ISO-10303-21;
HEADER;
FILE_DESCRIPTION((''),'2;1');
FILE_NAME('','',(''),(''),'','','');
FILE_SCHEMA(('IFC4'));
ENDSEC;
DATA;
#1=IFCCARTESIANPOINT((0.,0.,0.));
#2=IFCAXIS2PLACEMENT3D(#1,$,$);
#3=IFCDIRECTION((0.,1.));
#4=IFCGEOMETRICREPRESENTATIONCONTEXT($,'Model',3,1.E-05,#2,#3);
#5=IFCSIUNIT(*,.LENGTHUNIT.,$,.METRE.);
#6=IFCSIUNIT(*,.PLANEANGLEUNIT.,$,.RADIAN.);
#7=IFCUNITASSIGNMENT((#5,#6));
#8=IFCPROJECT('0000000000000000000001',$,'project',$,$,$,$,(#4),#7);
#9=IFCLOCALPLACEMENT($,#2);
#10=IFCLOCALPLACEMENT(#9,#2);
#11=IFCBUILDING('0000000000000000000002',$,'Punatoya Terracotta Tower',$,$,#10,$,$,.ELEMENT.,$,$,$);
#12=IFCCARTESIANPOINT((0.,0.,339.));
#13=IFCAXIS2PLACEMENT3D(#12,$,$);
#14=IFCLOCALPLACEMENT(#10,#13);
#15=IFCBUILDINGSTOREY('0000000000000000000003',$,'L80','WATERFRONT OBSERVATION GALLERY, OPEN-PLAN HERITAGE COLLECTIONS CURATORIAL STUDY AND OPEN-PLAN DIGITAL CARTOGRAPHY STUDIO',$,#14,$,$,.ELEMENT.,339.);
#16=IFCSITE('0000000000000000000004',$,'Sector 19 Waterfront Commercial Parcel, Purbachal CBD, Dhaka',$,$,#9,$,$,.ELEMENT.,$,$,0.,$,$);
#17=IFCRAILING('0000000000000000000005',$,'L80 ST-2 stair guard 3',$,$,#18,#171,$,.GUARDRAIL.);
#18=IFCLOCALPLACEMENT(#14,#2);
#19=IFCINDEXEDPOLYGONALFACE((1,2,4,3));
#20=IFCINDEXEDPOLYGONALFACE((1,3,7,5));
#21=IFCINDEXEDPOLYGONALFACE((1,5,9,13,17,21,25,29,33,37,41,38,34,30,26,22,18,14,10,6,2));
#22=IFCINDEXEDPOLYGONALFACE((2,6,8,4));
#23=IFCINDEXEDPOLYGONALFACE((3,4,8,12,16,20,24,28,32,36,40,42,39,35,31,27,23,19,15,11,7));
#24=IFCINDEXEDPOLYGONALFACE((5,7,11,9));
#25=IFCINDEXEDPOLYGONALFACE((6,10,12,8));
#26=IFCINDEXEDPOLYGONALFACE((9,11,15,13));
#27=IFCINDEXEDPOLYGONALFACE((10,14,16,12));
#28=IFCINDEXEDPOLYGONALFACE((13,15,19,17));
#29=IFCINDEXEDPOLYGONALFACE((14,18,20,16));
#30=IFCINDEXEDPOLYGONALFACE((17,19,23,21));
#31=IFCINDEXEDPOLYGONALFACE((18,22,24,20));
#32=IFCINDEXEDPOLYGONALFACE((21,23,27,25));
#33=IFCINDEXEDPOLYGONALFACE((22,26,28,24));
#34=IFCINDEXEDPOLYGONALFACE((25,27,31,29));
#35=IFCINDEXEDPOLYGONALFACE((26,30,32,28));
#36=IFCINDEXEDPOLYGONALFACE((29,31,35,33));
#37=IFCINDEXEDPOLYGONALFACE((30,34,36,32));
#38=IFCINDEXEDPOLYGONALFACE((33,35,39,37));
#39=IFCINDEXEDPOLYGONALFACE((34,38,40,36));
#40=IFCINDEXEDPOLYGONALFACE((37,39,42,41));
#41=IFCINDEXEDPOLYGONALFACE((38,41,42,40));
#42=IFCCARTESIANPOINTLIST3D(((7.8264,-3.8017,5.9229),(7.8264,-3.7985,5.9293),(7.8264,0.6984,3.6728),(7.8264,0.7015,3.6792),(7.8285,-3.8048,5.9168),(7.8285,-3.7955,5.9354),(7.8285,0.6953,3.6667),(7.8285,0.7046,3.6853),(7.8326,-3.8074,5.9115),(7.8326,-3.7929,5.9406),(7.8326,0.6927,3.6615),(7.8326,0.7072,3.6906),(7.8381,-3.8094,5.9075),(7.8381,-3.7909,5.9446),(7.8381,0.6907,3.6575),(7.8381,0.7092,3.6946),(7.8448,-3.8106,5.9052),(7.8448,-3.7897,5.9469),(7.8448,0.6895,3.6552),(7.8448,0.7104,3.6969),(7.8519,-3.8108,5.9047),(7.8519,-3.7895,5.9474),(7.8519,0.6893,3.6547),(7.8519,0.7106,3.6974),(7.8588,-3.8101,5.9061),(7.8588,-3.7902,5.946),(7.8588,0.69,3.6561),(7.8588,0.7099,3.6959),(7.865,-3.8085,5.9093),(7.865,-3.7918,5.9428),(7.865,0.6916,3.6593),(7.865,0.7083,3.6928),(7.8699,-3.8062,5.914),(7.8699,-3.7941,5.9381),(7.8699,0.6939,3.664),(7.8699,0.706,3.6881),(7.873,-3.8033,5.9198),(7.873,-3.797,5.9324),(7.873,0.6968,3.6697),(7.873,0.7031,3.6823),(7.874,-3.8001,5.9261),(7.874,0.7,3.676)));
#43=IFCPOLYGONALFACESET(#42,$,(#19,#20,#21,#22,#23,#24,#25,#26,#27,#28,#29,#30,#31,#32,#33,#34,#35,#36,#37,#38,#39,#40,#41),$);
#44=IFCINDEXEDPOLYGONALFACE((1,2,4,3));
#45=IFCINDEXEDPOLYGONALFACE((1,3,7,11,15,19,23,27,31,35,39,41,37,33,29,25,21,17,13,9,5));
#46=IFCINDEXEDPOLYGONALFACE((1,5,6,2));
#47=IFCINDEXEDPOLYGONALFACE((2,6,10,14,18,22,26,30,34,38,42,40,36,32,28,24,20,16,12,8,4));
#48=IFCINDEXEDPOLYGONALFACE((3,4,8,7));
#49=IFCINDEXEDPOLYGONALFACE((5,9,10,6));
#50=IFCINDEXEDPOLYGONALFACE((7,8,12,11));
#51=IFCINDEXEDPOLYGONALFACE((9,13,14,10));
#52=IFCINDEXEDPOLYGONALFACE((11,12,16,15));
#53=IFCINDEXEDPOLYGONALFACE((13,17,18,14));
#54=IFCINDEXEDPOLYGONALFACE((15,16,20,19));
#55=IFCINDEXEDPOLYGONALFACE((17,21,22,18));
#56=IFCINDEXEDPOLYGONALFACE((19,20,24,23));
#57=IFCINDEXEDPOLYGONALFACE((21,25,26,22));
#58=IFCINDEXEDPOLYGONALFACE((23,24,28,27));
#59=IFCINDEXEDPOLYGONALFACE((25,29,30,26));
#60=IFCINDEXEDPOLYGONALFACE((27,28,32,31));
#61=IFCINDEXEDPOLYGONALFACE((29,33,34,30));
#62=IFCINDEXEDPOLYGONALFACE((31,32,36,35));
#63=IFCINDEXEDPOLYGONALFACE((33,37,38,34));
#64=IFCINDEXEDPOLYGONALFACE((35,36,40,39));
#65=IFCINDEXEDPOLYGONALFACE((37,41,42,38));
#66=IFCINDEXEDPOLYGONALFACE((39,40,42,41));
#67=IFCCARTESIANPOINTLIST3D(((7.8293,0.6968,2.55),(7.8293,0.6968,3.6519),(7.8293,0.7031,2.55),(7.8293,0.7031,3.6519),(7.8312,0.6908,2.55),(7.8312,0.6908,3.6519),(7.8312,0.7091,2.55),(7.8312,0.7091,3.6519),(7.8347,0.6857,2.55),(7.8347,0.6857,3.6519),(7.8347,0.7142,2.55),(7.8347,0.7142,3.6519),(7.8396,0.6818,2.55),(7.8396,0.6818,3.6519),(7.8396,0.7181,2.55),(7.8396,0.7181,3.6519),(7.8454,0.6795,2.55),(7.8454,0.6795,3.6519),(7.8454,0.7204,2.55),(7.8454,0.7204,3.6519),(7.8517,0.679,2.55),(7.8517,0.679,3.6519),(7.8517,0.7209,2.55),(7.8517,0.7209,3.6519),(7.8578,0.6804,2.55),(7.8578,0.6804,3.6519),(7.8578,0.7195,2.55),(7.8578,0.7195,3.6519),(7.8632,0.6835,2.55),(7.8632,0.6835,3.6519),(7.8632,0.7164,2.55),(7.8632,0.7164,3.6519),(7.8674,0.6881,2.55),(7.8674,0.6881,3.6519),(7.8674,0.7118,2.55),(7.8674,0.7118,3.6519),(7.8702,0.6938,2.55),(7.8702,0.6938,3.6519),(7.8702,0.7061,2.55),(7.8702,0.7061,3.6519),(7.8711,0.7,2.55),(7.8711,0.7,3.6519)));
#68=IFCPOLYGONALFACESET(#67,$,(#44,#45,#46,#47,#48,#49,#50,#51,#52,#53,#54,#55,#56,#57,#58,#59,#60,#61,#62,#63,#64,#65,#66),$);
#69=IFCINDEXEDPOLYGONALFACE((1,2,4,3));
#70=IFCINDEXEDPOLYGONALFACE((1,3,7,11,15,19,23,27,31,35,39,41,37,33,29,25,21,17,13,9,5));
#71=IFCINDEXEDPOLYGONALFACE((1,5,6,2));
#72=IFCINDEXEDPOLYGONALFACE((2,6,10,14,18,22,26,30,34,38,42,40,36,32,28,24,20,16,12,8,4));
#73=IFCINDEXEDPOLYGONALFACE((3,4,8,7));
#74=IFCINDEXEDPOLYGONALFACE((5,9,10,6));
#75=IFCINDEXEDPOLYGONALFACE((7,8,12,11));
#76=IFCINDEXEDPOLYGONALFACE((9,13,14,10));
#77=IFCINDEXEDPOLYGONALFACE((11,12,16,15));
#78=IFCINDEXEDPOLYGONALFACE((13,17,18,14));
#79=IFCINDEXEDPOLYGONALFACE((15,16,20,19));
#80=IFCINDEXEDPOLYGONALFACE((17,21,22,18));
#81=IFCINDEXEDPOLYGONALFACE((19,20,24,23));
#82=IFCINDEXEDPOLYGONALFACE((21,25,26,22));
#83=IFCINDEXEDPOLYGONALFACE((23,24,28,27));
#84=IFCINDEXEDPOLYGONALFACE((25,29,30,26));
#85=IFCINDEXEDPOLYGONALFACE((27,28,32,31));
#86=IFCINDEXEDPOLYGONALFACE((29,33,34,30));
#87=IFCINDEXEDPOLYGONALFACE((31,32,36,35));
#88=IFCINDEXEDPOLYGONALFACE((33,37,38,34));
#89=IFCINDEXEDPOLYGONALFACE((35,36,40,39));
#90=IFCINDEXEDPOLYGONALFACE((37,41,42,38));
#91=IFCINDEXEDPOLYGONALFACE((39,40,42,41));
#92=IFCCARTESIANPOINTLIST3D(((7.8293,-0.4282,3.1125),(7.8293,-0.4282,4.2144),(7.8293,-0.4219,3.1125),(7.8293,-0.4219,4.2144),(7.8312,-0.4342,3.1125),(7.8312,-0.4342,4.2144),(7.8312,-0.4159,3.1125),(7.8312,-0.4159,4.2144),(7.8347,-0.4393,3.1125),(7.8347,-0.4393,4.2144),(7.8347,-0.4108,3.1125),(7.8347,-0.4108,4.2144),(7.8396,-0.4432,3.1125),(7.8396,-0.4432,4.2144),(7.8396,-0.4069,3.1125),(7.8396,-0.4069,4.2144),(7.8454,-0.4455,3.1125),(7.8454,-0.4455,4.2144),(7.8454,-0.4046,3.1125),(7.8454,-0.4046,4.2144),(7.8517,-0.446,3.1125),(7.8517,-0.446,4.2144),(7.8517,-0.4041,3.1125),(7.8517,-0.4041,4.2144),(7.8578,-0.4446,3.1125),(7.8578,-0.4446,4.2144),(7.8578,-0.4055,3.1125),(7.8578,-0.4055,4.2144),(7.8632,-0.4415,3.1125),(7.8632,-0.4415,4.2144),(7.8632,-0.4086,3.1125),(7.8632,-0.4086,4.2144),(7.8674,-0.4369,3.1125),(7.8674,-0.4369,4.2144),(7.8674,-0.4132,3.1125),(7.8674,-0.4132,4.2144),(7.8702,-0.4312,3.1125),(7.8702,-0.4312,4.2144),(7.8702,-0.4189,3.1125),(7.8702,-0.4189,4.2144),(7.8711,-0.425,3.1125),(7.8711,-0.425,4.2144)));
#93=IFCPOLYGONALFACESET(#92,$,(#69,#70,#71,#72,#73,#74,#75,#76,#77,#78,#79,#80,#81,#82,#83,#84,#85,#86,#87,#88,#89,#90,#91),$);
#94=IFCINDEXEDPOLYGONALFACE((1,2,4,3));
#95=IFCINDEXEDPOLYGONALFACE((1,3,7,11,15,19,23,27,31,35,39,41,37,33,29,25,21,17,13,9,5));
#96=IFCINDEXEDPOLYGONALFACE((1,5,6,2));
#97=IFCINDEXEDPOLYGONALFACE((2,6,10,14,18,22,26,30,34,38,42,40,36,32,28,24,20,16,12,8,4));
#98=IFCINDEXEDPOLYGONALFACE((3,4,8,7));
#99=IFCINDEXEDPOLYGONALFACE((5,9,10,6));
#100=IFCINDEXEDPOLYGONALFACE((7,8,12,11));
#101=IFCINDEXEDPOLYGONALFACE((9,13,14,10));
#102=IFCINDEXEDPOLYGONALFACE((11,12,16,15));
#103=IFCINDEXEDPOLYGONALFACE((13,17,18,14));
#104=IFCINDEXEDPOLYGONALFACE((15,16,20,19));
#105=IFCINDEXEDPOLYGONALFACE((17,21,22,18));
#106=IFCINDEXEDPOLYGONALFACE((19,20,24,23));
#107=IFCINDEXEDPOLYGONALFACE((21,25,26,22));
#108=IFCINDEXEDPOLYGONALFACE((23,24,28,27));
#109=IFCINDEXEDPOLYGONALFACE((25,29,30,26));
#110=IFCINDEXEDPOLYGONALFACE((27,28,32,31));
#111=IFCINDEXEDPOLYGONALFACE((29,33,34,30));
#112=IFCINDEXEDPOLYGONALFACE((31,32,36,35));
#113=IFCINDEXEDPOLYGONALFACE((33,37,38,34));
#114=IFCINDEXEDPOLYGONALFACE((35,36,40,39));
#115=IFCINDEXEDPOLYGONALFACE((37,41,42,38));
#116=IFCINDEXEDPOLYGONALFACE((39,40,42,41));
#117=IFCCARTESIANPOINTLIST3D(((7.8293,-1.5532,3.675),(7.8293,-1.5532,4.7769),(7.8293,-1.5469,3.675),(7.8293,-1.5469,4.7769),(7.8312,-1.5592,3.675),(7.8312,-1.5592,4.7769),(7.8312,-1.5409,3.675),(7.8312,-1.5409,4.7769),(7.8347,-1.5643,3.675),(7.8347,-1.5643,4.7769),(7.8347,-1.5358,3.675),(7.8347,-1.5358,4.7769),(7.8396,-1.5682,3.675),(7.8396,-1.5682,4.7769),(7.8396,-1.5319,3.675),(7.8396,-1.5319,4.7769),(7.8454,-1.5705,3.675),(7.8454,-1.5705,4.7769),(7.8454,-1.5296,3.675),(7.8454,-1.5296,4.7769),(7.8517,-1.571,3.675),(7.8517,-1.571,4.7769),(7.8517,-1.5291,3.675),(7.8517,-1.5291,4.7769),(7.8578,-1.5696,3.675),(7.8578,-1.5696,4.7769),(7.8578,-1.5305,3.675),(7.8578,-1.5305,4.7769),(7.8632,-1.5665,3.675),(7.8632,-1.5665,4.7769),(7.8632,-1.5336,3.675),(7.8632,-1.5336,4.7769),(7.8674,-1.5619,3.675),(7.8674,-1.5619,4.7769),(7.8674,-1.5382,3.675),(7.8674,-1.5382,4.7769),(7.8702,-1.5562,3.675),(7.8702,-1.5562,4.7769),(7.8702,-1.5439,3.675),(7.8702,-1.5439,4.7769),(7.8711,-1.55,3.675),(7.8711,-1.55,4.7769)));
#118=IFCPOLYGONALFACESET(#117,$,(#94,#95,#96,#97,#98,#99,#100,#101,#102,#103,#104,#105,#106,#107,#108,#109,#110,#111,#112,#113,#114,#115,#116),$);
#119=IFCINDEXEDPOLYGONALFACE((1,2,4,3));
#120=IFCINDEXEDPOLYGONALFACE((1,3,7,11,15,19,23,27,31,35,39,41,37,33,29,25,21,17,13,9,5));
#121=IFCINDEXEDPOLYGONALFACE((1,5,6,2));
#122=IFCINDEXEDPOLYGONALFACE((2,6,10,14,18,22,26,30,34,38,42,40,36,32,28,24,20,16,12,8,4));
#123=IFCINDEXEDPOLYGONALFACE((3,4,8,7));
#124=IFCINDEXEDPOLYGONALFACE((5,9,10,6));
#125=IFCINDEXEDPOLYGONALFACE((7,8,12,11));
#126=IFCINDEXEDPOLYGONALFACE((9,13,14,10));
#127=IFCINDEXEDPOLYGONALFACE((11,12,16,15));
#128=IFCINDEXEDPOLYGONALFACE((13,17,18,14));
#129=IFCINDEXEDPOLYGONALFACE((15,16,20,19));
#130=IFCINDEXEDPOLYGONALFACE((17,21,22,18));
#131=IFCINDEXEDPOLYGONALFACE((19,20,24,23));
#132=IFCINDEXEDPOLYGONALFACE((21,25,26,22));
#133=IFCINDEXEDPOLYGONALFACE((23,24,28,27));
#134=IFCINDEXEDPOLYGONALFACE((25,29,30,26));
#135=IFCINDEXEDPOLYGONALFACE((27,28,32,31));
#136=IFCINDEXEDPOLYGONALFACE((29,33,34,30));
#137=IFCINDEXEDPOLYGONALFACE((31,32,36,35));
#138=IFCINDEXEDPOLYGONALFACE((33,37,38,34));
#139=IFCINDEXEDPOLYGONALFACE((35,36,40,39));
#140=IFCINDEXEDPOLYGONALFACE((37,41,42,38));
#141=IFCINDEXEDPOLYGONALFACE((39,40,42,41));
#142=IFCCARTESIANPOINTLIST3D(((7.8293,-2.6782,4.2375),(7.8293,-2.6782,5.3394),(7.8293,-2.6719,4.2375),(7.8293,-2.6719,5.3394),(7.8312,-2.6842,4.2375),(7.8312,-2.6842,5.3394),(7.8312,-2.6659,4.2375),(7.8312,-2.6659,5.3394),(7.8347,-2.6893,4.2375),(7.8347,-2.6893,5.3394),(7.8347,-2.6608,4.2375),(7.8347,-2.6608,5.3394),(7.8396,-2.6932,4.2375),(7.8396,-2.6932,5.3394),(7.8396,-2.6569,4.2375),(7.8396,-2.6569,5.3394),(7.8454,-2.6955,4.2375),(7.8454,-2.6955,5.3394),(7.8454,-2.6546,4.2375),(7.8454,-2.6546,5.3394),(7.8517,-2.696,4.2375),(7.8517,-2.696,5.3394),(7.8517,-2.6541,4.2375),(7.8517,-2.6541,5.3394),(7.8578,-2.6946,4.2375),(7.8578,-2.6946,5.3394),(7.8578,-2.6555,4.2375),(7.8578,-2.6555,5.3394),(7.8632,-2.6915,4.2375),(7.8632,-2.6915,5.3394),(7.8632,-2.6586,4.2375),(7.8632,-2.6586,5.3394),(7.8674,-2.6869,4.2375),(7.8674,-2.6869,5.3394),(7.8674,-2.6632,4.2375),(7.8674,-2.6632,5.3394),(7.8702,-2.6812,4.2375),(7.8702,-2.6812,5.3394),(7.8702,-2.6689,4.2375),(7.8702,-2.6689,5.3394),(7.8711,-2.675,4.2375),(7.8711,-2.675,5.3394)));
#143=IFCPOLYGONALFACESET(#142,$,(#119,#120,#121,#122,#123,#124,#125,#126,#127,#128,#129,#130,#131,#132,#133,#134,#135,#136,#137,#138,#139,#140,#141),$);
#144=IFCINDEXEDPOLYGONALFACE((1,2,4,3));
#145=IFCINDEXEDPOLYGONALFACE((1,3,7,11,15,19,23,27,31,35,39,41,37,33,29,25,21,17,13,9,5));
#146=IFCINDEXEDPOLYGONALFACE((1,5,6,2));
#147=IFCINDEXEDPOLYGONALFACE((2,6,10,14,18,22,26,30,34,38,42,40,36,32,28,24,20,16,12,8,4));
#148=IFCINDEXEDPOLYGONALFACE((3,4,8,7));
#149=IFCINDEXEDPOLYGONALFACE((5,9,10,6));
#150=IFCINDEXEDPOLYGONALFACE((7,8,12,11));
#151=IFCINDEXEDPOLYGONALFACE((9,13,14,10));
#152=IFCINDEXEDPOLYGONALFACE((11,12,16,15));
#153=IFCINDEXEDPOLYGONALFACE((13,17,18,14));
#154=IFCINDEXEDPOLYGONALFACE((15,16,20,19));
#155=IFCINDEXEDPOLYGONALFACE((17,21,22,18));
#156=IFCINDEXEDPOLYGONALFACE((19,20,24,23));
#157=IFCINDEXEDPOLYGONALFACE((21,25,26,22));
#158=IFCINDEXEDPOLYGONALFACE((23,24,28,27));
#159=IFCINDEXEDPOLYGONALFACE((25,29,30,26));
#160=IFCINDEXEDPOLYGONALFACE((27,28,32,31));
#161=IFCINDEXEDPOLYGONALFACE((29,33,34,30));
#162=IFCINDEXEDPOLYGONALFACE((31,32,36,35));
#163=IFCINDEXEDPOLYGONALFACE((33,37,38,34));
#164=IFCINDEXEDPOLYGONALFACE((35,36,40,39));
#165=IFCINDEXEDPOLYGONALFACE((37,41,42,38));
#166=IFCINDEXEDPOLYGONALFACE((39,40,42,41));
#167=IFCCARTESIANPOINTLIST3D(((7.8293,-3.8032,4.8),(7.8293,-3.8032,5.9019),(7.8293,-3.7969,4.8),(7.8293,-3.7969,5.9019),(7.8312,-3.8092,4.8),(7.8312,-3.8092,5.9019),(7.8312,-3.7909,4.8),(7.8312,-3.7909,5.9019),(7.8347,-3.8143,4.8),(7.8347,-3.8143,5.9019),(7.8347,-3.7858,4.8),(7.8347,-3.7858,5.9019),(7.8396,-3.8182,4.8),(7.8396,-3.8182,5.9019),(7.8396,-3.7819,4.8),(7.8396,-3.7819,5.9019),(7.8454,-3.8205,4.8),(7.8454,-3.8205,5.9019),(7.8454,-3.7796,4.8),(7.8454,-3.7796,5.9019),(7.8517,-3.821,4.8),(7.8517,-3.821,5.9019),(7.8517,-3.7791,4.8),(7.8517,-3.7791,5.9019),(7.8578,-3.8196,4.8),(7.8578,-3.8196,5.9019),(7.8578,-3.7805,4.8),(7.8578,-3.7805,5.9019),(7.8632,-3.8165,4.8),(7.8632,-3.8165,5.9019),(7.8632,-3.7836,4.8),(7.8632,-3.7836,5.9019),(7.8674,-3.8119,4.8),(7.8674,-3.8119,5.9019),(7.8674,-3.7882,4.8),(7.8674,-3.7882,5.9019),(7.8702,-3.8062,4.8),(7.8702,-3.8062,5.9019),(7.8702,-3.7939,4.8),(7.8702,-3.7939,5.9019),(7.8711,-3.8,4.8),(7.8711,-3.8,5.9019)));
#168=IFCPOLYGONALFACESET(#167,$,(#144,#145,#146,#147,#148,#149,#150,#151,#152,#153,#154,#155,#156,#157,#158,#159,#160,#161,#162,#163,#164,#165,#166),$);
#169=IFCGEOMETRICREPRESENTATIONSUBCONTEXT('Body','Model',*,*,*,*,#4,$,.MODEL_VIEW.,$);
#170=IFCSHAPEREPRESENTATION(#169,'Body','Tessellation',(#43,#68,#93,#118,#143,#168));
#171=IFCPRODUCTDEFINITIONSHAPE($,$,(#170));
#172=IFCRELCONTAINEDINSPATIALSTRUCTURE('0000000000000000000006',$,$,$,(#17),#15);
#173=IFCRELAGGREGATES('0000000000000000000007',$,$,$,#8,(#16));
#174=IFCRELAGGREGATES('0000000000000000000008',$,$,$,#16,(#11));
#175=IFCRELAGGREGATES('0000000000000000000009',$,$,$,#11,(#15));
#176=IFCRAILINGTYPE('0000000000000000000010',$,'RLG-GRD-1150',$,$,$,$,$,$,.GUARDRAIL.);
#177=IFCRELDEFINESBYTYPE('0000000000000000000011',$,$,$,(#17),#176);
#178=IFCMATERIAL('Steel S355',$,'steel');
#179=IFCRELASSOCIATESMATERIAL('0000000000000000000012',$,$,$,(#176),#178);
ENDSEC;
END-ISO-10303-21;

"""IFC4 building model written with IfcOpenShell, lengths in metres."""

from ifc_helpers import new_model, si_unit, direction, frame, origin, origin_2d, place, context, subcontext, project, spatial, circle, extrude, material, type_object, element, save


model = new_model("IFC4")

# Units and contexts
model_context = context("Model", 3, precision=1e-05, world=origin(), true_north=direction((0.0, 1.0)))
body_context = subcontext(model_context, "Body", "Model", "MODEL_VIEW")
ifc_project = project(units=[si_unit("LENGTHUNIT", "METRE"), si_unit("PLANEANGLEUNIT", "RADIAN")], contexts=[model_context])

# Site, building, storey
site_placement = place(None, origin())
site = spatial("IfcSite", under=ifc_project, at=site_placement, Name="Sector 19 Waterfront Commercial Parcel, Purbachal CBD, Dhaka", CompositionType="ELEMENT", RefElevation=0.0)
building_placement = place(site_placement, origin())
building = spatial("IfcBuilding", under=site, at=building_placement, Name="Punatoya Terracotta Tower", CompositionType="ELEMENT")
storey_placement = place(building_placement, frame((0.0, 0.0, 339.0)))
storey = spatial("IfcBuildingStorey", under=building, at=storey_placement, Name="L80", Description="WATERFRONT OBSERVATION GALLERY, OPEN-PLAN HERITAGE COLLECTIONS CURATORIAL STUDY AND OPEN-PLAN DIGITAL CARTOGRAPHY STUDIO", CompositionType="ELEMENT", Elevation=339.0)

# Shared definitions
ifc_material_1 = material(Name="Steel S355", Category="steel")

# Railing
railing_type_1 = type_object("IfcRailingType", Name="RLG-GRD-1150", PredefinedType="GUARDRAIL", material=ifc_material_1)
railing_1_placement = place(storey_placement, frame((7.8501, 0.7, 2.55)))
element("IfcRailing", 1, at=railing_1_placement, inside=storey, type_object=railing_type_1, Name="L80 ST-2 stair guard 3", PredefinedType="GUARDRAIL", context=body_context, shape_type="SweptSolid", body=[
    extrude(circle(Radius=0.0239, at=origin_2d()), frame((0.0, 0.0, 1.126), z_axis=(0.0, -0.894427, 0.447214), x_axis=(1.0, 0.0, 0.0)), (0.0, 0.0, 1.0), 5.0312),
    extrude(circle(Radius=0.021, at=origin_2d()), origin(), (0.0, 0.0, 1.0), 1.1018),
    extrude(circle(Radius=0.021, at=origin_2d()), frame((0.0, -1.125, 0.5625)), (0.0, 0.0, 1.0), 1.1018),
    extrude(circle(Radius=0.021, at=origin_2d()), frame((0.0, -2.25, 1.125)), (0.0, 0.0, 1.0), 1.1018),
    extrude(circle(Radius=0.021, at=origin_2d()), frame((0.0, -3.375, 1.6875)), (0.0, 0.0, 1.0), 1.1018),
    extrude(circle(Radius=0.021, at=origin_2d()), frame((0.0, -4.5, 2.25)), (0.0, 0.0, 1.0), 1.1018),
])

save(model, "model.ifc")
